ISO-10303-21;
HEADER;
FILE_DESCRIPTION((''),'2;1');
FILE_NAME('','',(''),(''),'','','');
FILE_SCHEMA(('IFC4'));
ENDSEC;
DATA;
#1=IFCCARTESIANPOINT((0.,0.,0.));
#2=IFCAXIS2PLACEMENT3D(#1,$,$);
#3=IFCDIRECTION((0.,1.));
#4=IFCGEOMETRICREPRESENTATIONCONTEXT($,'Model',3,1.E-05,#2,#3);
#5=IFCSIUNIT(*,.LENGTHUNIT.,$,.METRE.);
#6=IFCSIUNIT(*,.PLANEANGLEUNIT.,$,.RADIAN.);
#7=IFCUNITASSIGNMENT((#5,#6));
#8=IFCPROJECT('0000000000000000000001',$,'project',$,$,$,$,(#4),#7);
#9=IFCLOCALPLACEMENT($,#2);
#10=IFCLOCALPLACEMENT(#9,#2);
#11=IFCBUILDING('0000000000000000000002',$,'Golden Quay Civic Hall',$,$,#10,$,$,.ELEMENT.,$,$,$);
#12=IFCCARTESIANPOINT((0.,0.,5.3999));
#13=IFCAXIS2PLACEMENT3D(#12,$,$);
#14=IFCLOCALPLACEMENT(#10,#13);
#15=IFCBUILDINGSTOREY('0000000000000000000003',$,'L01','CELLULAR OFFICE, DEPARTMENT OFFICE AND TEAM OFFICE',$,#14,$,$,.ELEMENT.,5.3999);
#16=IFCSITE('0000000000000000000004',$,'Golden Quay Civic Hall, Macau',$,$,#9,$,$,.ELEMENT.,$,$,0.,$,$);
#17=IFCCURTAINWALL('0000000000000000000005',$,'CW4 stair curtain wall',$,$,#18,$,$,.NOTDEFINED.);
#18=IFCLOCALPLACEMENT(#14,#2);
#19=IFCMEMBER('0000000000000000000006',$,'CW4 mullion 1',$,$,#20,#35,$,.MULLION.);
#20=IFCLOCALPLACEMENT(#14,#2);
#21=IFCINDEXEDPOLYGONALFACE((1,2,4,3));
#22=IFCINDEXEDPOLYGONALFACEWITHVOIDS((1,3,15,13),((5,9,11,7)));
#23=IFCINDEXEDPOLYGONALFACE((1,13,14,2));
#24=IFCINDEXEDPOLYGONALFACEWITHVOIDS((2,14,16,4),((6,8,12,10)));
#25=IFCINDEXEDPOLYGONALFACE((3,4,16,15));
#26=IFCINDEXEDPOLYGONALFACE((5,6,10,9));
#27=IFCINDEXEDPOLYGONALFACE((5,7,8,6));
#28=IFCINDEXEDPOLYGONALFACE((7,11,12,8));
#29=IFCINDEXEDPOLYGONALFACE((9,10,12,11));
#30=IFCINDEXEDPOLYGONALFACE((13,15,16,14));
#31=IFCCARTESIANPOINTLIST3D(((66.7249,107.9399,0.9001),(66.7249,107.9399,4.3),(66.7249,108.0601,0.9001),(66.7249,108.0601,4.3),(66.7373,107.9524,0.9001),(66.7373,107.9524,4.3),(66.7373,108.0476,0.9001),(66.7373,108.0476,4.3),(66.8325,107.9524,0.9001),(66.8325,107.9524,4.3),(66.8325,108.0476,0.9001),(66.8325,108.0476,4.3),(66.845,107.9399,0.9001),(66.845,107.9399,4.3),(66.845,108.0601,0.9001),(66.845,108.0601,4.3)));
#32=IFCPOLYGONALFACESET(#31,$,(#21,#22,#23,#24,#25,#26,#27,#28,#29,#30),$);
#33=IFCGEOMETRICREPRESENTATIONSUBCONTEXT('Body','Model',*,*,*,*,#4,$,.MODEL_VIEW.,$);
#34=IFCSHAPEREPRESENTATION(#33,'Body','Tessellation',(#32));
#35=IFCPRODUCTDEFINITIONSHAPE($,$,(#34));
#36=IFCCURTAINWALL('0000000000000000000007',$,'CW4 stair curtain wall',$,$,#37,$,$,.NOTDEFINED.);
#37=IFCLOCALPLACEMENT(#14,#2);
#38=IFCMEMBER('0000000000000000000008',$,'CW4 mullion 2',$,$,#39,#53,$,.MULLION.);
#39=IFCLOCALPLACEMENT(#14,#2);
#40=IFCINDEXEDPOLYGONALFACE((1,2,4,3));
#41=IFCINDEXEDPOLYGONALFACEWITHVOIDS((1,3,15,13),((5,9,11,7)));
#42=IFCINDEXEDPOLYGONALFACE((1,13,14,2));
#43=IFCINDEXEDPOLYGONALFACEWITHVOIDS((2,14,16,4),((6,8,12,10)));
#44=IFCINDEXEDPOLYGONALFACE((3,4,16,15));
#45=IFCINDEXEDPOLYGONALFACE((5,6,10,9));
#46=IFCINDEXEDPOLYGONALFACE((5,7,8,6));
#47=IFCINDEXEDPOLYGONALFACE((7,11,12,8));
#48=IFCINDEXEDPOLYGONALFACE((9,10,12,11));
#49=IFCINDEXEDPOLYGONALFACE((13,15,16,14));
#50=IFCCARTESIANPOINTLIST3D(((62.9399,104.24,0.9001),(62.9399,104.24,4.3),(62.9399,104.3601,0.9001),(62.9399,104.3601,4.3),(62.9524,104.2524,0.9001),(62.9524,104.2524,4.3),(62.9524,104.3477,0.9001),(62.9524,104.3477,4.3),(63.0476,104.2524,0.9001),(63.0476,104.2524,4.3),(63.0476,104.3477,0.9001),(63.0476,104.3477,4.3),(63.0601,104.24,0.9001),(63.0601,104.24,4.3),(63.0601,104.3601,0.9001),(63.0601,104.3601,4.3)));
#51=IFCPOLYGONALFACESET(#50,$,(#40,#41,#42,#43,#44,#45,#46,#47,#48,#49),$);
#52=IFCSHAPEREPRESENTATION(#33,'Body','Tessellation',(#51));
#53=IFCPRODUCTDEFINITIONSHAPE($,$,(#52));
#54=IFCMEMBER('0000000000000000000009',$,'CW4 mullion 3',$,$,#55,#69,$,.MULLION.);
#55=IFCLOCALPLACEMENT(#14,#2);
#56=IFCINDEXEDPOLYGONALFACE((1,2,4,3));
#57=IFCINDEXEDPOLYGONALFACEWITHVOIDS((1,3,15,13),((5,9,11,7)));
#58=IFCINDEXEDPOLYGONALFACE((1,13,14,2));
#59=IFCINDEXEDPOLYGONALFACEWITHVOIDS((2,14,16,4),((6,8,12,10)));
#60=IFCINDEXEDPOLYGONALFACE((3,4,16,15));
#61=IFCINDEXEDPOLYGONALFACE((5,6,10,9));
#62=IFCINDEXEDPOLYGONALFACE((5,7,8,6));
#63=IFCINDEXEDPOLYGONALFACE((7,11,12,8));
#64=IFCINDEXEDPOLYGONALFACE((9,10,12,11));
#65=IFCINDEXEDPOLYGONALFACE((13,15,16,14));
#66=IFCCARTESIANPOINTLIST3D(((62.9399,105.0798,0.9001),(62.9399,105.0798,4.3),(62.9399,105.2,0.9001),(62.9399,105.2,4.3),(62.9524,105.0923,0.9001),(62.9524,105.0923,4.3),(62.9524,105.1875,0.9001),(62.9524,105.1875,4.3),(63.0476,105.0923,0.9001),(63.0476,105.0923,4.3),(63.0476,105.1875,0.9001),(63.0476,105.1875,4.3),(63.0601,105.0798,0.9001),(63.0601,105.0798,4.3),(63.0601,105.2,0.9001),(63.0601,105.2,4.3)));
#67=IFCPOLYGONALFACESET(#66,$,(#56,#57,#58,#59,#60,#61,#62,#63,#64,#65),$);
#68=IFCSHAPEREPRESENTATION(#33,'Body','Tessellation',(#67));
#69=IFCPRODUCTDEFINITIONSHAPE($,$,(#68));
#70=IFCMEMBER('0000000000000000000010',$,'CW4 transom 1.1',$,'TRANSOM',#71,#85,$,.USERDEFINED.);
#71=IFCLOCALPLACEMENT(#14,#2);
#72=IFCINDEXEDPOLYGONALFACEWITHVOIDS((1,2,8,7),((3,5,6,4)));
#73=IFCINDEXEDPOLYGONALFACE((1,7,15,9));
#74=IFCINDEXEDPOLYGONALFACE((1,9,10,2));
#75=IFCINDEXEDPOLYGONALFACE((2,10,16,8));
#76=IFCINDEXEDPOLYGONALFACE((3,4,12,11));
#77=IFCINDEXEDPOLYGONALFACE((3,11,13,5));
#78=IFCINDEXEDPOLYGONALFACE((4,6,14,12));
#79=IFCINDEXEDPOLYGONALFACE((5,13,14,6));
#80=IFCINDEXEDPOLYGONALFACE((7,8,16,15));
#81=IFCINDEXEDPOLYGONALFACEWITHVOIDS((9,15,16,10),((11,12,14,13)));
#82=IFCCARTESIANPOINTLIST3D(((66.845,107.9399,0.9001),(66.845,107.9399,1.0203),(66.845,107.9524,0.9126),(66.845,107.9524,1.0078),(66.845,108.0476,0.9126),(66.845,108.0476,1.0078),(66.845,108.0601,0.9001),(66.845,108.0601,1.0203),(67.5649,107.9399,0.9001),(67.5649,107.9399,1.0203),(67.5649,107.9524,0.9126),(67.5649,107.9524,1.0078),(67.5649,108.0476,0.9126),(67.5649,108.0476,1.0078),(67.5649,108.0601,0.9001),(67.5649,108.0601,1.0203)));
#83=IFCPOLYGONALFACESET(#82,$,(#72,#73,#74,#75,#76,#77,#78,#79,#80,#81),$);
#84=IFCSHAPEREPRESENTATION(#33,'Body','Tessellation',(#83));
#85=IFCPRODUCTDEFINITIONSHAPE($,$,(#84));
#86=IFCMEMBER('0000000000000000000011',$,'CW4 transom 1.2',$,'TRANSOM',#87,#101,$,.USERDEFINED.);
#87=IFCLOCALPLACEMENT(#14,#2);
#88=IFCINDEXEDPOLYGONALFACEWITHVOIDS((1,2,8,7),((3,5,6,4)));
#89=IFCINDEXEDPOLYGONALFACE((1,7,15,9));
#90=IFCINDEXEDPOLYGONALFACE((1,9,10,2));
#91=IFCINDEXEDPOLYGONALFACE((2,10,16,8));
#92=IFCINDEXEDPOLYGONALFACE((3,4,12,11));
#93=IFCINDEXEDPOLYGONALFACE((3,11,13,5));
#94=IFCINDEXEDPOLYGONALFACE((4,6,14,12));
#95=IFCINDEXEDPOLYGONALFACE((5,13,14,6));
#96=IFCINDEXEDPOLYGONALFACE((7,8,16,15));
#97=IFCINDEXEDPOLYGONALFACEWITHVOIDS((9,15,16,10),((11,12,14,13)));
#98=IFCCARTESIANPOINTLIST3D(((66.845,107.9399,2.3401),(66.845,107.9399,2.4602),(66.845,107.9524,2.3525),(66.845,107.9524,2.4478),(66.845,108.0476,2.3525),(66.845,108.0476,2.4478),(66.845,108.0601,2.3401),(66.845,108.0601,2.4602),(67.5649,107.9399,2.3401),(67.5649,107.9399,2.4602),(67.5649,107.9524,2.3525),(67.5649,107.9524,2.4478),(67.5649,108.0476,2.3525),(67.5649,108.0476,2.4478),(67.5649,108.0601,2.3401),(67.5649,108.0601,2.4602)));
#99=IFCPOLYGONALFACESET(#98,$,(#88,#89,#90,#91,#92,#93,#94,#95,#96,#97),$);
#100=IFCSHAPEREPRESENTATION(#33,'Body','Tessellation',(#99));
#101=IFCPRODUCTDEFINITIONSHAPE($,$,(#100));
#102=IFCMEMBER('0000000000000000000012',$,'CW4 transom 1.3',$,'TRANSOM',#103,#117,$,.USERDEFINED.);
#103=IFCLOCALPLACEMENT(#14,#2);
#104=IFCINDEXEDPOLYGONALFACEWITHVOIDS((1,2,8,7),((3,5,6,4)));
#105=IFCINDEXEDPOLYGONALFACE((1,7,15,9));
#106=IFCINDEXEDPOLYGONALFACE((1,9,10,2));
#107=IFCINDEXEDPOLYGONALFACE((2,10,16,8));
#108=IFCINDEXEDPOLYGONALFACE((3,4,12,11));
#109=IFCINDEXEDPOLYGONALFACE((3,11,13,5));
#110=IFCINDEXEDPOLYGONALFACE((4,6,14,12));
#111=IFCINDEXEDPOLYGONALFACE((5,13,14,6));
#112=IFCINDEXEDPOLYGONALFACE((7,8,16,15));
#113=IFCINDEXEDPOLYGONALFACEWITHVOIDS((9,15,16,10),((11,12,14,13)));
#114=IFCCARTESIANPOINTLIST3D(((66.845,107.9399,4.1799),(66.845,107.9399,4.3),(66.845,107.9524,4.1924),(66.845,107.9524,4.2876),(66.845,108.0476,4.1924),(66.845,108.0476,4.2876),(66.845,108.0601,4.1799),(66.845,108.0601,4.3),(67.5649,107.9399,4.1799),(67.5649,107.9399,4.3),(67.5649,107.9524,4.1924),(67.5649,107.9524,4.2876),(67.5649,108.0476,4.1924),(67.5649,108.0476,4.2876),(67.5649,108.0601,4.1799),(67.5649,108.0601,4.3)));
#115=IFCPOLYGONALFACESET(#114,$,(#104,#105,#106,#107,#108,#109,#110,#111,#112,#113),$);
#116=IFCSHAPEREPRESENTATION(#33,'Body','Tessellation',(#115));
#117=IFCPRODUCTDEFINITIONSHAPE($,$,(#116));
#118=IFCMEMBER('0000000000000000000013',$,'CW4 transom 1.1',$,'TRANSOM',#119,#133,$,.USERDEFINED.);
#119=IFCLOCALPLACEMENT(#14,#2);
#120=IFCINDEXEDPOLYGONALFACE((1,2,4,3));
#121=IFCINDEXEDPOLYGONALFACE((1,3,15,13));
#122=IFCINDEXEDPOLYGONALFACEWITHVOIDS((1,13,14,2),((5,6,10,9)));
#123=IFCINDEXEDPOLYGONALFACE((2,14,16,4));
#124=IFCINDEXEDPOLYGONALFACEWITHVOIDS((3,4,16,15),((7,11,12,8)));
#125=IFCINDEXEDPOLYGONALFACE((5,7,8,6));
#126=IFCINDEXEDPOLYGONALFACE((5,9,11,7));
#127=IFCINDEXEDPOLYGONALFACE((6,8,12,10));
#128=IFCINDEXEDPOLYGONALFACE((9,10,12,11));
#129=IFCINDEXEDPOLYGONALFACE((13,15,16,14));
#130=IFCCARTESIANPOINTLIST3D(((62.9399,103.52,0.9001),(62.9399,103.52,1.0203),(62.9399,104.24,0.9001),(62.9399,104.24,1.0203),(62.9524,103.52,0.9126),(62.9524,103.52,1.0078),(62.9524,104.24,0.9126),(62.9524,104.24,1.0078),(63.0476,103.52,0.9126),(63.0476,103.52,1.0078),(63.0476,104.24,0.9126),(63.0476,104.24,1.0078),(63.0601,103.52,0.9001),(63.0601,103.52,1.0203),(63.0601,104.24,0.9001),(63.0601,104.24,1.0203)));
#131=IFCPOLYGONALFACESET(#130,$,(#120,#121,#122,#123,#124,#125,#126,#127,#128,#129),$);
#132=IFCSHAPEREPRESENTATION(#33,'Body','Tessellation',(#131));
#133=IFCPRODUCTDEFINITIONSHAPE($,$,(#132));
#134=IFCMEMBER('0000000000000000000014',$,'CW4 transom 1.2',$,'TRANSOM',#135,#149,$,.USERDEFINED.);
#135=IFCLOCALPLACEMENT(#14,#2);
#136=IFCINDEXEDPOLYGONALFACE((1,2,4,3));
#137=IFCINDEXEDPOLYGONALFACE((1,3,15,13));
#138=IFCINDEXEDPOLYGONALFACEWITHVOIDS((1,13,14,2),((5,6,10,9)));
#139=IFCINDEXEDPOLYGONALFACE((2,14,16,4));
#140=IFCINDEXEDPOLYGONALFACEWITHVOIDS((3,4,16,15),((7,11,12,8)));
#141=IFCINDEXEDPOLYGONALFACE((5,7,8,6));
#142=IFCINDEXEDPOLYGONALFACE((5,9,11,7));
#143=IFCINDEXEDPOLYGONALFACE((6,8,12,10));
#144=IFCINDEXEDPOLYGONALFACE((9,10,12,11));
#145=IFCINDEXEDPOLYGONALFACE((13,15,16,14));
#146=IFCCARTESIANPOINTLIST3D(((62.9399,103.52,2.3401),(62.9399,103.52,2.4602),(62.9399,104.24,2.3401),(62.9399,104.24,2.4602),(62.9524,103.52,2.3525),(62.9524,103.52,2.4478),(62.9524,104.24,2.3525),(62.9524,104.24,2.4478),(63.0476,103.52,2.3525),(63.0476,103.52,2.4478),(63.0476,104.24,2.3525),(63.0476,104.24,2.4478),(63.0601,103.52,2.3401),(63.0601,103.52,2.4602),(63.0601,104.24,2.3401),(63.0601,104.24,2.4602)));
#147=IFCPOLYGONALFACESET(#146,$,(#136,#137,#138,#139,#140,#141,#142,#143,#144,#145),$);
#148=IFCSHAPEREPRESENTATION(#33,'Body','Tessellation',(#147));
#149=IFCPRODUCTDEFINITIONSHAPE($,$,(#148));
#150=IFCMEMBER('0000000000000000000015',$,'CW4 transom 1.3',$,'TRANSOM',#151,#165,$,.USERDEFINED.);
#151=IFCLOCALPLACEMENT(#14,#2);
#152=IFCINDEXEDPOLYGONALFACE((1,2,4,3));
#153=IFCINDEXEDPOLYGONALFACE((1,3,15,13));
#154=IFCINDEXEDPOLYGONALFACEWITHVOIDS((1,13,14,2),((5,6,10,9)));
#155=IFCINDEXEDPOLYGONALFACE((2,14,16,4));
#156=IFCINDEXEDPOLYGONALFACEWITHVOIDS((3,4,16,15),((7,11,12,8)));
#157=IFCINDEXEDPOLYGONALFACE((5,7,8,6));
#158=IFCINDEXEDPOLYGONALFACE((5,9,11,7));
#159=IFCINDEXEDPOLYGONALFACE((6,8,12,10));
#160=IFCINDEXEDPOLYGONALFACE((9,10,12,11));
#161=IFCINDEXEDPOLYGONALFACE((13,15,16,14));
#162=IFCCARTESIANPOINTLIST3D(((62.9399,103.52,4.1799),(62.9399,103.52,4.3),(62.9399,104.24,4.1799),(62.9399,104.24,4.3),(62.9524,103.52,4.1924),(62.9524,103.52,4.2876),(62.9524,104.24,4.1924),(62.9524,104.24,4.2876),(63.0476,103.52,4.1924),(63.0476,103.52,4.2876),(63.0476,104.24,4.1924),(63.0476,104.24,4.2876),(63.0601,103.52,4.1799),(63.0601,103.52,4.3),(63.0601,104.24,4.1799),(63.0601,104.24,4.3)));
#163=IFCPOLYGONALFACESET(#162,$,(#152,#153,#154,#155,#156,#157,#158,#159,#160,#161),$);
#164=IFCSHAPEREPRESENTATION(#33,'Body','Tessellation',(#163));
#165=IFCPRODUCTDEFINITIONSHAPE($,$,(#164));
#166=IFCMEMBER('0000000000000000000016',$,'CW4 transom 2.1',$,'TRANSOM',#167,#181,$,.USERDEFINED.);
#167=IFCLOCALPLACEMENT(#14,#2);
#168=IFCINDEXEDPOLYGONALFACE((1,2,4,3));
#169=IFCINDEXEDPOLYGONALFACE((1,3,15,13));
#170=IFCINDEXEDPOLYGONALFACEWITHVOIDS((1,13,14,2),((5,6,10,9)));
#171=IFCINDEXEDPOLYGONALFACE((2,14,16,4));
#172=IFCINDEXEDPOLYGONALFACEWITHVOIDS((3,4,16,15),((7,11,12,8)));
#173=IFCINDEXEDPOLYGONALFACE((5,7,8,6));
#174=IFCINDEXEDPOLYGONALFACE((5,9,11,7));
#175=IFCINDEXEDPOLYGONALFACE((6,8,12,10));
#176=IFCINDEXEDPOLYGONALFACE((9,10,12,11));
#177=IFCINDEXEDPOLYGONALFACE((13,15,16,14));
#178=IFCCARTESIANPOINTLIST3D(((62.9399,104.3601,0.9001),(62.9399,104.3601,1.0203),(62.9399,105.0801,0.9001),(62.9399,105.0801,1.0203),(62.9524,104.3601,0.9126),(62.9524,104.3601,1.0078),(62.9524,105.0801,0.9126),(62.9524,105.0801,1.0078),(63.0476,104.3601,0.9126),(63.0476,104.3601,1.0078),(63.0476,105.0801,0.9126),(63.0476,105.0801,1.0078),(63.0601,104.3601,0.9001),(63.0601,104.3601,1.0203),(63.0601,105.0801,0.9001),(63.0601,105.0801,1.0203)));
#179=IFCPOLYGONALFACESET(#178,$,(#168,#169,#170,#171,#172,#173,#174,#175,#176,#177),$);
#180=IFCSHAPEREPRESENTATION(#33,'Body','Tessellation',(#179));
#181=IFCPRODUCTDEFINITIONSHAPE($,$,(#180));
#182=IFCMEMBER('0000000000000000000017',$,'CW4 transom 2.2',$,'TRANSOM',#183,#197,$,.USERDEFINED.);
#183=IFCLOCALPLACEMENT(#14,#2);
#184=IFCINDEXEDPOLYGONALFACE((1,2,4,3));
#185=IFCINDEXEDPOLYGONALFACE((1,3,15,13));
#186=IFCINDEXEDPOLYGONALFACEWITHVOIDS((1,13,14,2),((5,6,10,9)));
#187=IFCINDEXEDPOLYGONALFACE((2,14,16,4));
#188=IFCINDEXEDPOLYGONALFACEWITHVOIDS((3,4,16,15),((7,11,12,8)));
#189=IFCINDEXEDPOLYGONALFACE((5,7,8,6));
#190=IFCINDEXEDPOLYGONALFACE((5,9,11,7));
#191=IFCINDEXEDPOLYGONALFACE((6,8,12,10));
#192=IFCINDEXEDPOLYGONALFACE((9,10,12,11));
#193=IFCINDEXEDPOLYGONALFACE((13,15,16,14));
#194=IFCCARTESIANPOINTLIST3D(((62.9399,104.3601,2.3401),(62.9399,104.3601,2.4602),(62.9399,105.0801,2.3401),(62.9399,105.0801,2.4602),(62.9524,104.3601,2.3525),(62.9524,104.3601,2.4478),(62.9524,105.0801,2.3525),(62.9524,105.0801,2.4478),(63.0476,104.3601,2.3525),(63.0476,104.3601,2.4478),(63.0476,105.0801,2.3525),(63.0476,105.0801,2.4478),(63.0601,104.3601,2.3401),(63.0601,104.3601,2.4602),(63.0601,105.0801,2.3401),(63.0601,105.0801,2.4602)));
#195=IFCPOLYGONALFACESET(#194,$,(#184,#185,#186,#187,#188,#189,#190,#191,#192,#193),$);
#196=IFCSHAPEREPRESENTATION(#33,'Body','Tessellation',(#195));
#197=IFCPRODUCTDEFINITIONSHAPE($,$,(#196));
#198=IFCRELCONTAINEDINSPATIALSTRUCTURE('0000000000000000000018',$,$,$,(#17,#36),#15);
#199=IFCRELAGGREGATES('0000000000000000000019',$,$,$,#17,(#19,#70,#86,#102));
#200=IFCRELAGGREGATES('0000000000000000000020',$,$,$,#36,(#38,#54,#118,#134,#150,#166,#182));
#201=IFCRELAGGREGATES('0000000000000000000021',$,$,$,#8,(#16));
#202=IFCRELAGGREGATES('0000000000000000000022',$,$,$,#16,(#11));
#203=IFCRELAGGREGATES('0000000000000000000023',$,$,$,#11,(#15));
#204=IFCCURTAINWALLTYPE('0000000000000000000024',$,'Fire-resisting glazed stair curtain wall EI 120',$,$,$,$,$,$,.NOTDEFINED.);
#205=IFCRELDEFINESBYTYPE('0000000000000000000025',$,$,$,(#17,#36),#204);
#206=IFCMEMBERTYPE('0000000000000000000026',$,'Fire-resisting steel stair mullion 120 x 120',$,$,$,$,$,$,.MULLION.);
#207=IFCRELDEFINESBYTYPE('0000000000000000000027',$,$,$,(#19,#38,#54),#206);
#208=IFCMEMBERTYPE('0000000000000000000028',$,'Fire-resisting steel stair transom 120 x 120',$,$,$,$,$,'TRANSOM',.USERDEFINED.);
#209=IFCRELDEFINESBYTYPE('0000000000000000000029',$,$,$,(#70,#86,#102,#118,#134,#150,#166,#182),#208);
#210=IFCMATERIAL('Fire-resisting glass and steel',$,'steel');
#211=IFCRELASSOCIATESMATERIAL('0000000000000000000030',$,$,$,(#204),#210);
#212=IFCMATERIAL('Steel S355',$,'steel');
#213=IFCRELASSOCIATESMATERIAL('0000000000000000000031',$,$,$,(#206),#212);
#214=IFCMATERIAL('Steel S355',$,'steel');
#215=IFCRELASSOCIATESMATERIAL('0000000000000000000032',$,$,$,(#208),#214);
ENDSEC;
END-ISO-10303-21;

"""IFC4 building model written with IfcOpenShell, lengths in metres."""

from ifc_helpers import new_model, si_unit, direction, frame, origin, origin_2d, place, context, subcontext, project, spatial, hollow_rectangle, extrude, material, material_profile, profile_set, type_object, element, aggregate, save


model = new_model("IFC4")

# Units and contexts
model_context = context("Model", 3, precision=1e-05, world=origin(), true_north=direction((0.0, 1.0)))
body_context = subcontext(model_context, "Body", "Model", "MODEL_VIEW")
ifc_project = project(units=[si_unit("LENGTHUNIT", "METRE"), si_unit("PLANEANGLEUNIT", "RADIAN")], contexts=[model_context])

# Site, building, storey
site_placement = place(None, origin())
site = spatial("IfcSite", under=ifc_project, at=site_placement, Name="Golden Quay Civic Hall, Macau", CompositionType="ELEMENT", RefElevation=0.0)
building_placement = place(site_placement, origin())
building = spatial("IfcBuilding", under=site, at=building_placement, Name="Golden Quay Civic Hall", CompositionType="ELEMENT")
storey_placement = place(building_placement, frame((0.0, 0.0, 5.3999)))
storey = spatial("IfcBuildingStorey", under=building, at=storey_placement, Name="L01", Description="CELLULAR OFFICE, DEPARTMENT OFFICE AND TEAM OFFICE", CompositionType="ELEMENT", Elevation=5.3999)

# Curtain wall, member
ifc_material_1 = material(Name="Fire-resisting glass and steel", Category="steel")
curtain_wall_type = type_object("IfcCurtainWallType", Name="Fire-resisting glazed stair curtain wall EI 120", PredefinedType="NOTDEFINED", material=ifc_material_1)
curtain_wall_1_placement = place(storey_placement, origin())
curtain_wall_1 = element("IfcCurtainWall", 1, at=curtain_wall_1_placement, inside=storey, type_object=curtain_wall_type, Name="CW4 stair curtain wall", PredefinedType="NOTDEFINED")
ifc_material_2 = material(Name="Steel S355", Category="steel")
ifc_material_profile_1 = material_profile(ifc_material_2, hollow_rectangle(XDim=0.1201, YDim=0.1201, WallThickness=0.0125, at=origin_2d()), Name="SHS 120x120x12.5")
ifc_profile_set_1 = profile_set([ifc_material_profile_1], Name="Steel S355")
member_type_1 = type_object("IfcMemberType", Name="Fire-resisting steel stair mullion 120 x 120", PredefinedType="MULLION", material=ifc_profile_set_1)
member_1_placement = place(storey_placement, frame((66.7849, 108.0, 0.9001), z_axis=(0.0, 0.0, 1.0), x_axis=(0.0, 1.0, 0.0)))
member_1 = element("IfcMember", 2, at=member_1_placement, type_object=member_type_1, Name="CW4 mullion 1", PredefinedType="MULLION", context=body_context, shape_type="SweptSolid", body=[
    extrude(hollow_rectangle(XDim=0.1201, YDim=0.1201, WallThickness=0.0125, at=origin_2d()), origin(), (0.0, 0.0, 1.0), 3.3999),
])

# Curtain wall, members
curtain_wall_2_placement = place(storey_placement, origin())
curtain_wall_2 = element("IfcCurtainWall", 3, at=curtain_wall_2_placement, inside=storey, type_object=curtain_wall_type, Name="CW4 stair curtain wall", PredefinedType="NOTDEFINED")
member_2_placement = place(storey_placement, frame((63.0, 104.3, 0.9001), z_axis=(0.0, 0.0, 1.0), x_axis=(-1.0, 0.0, 0.0)))
member_2 = element("IfcMember", 4, at=member_2_placement, type_object=member_type_1, Name="CW4 mullion 2", PredefinedType="MULLION", context=body_context, shape_type="SweptSolid", body=[
    extrude(hollow_rectangle(XDim=0.1201, YDim=0.1201, WallThickness=0.0125, at=origin_2d()), origin(), (0.0, 0.0, 1.0), 3.3999),
])
member_3_placement = place(storey_placement, frame((63.0, 105.1399, 0.9001), z_axis=(0.0, 0.0, 1.0), x_axis=(-1.0, 0.0, 0.0)))
member_3 = element("IfcMember", 5, at=member_3_placement, type_object=member_type_1, Name="CW4 mullion 3", PredefinedType="MULLION", context=body_context, shape_type="SweptSolid", body=[
    extrude(hollow_rectangle(XDim=0.1201, YDim=0.1201, WallThickness=0.0125, at=origin_2d()), origin(), (0.0, 0.0, 1.0), 3.3999),
])

# Members
ifc_material_3 = material(Name="Steel S355", Category="steel")
ifc_material_profile_2 = material_profile(ifc_material_3, hollow_rectangle(XDim=0.1201, YDim=0.1201, WallThickness=0.0125, at=origin_2d()), Name="SHS 120x120x12.5")
ifc_profile_set_2 = profile_set([ifc_material_profile_2], Name="Steel S355")
member_type_2 = type_object("IfcMemberType", Name="Fire-resisting steel stair transom 120 x 120", ElementType="TRANSOM", PredefinedType="USERDEFINED", material=ifc_profile_set_2)
member_4_placement = place(storey_placement, frame((66.845, 108.0, 0.9602), z_axis=(1.0, 0.0, 0.0), x_axis=(0.0, 1.0, 0.0)))
member_4 = element("IfcMember", 6, at=member_4_placement, type_object=member_type_2, Name="CW4 transom 1.1", ObjectType="TRANSOM", PredefinedType="USERDEFINED", context=body_context, shape_type="SweptSolid", body=[
    extrude(hollow_rectangle(XDim=0.1201, YDim=0.1201, WallThickness=0.0125, at=origin_2d()), origin(), (0.0, 0.0, 1.0), 0.72),
])
member_5_placement = place(storey_placement, frame((66.845, 108.0, 2.4001), z_axis=(1.0, 0.0, 0.0), x_axis=(0.0, 1.0, 0.0)))
member_5 = element("IfcMember", 7, at=member_5_placement, type_object=member_type_2, Name="CW4 transom 1.2", ObjectType="TRANSOM", PredefinedType="USERDEFINED", context=body_context, shape_type="SweptSolid", body=[
    extrude(hollow_rectangle(XDim=0.1201, YDim=0.1201, WallThickness=0.0125, at=origin_2d()), origin(), (0.0, 0.0, 1.0), 0.72),
])
member_6_placement = place(storey_placement, frame((66.845, 108.0, 4.24), z_axis=(1.0, 0.0, 0.0), x_axis=(0.0, 1.0, 0.0)))
member_6 = element("IfcMember", 8, at=member_6_placement, type_object=member_type_2, Name="CW4 transom 1.3", ObjectType="TRANSOM", PredefinedType="USERDEFINED", context=body_context, shape_type="SweptSolid", body=[
    extrude(hollow_rectangle(XDim=0.1201, YDim=0.1201, WallThickness=0.0125, at=origin_2d()), origin(), (0.0, 0.0, 1.0), 0.72),
])
member_7_placement = place(storey_placement, frame((63.0, 103.52, 0.9602), z_axis=(0.0, 1.0, 0.0), x_axis=(-1.0, 0.0, 0.0)))
member_7 = element("IfcMember", 9, at=member_7_placement, type_object=member_type_2, Name="CW4 transom 1.1", ObjectType="TRANSOM", PredefinedType="USERDEFINED", context=body_context, shape_type="SweptSolid", body=[
    extrude(hollow_rectangle(XDim=0.1201, YDim=0.1201, WallThickness=0.0125, at=origin_2d()), origin(), (0.0, 0.0, 1.0), 0.72),
])
member_8_placement = place(storey_placement, frame((63.0, 103.52, 2.4001), z_axis=(0.0, 1.0, 0.0), x_axis=(-1.0, 0.0, 0.0)))
member_8 = element("IfcMember", 10, at=member_8_placement, type_object=member_type_2, Name="CW4 transom 1.2", ObjectType="TRANSOM", PredefinedType="USERDEFINED", context=body_context, shape_type="SweptSolid", body=[
    extrude(hollow_rectangle(XDim=0.1201, YDim=0.1201, WallThickness=0.0125, at=origin_2d()), origin(), (0.0, 0.0, 1.0), 0.72),
])
member_9_placement = place(storey_placement, frame((63.0, 103.52, 4.24), z_axis=(0.0, 1.0, 0.0), x_axis=(-1.0, 0.0, 0.0)))
member_9 = element("IfcMember", 11, at=member_9_placement, type_object=member_type_2, Name="CW4 transom 1.3", ObjectType="TRANSOM", PredefinedType="USERDEFINED", context=body_context, shape_type="SweptSolid", body=[
    extrude(hollow_rectangle(XDim=0.1201, YDim=0.1201, WallThickness=0.0125, at=origin_2d()), origin(), (0.0, 0.0, 1.0), 0.72),
])
member_10_placement = place(storey_placement, frame((63.0, 104.3601, 0.9602), z_axis=(0.0, 1.0, 0.0), x_axis=(-1.0, 0.0, 0.0)))
member_10 = element("IfcMember", 12, at=member_10_placement, type_object=member_type_2, Name="CW4 transom 2.1", ObjectType="TRANSOM", PredefinedType="USERDEFINED", context=body_context, shape_type="SweptSolid", body=[
    extrude(hollow_rectangle(XDim=0.1201, YDim=0.1201, WallThickness=0.0125, at=origin_2d()), origin(), (0.0, 0.0, 1.0), 0.72),
])
member_11_placement = place(storey_placement, frame((63.0, 104.3601, 2.4001), z_axis=(0.0, 1.0, 0.0), x_axis=(-1.0, 0.0, 0.0)))
member_11 = element("IfcMember", 13, at=member_11_placement, type_object=member_type_2, Name="CW4 transom 2.2", ObjectType="TRANSOM", PredefinedType="USERDEFINED", context=body_context, shape_type="SweptSolid", body=[
    extrude(hollow_rectangle(XDim=0.1201, YDim=0.1201, WallThickness=0.0125, at=origin_2d()), origin(), (0.0, 0.0, 1.0), 0.72),
])

aggregate(curtain_wall_1, [member_1, member_4, member_5, member_6])
aggregate(curtain_wall_2, [member_2, member_3, member_7, member_8, member_9, member_10, member_11])

save(model, "model.ifc")
